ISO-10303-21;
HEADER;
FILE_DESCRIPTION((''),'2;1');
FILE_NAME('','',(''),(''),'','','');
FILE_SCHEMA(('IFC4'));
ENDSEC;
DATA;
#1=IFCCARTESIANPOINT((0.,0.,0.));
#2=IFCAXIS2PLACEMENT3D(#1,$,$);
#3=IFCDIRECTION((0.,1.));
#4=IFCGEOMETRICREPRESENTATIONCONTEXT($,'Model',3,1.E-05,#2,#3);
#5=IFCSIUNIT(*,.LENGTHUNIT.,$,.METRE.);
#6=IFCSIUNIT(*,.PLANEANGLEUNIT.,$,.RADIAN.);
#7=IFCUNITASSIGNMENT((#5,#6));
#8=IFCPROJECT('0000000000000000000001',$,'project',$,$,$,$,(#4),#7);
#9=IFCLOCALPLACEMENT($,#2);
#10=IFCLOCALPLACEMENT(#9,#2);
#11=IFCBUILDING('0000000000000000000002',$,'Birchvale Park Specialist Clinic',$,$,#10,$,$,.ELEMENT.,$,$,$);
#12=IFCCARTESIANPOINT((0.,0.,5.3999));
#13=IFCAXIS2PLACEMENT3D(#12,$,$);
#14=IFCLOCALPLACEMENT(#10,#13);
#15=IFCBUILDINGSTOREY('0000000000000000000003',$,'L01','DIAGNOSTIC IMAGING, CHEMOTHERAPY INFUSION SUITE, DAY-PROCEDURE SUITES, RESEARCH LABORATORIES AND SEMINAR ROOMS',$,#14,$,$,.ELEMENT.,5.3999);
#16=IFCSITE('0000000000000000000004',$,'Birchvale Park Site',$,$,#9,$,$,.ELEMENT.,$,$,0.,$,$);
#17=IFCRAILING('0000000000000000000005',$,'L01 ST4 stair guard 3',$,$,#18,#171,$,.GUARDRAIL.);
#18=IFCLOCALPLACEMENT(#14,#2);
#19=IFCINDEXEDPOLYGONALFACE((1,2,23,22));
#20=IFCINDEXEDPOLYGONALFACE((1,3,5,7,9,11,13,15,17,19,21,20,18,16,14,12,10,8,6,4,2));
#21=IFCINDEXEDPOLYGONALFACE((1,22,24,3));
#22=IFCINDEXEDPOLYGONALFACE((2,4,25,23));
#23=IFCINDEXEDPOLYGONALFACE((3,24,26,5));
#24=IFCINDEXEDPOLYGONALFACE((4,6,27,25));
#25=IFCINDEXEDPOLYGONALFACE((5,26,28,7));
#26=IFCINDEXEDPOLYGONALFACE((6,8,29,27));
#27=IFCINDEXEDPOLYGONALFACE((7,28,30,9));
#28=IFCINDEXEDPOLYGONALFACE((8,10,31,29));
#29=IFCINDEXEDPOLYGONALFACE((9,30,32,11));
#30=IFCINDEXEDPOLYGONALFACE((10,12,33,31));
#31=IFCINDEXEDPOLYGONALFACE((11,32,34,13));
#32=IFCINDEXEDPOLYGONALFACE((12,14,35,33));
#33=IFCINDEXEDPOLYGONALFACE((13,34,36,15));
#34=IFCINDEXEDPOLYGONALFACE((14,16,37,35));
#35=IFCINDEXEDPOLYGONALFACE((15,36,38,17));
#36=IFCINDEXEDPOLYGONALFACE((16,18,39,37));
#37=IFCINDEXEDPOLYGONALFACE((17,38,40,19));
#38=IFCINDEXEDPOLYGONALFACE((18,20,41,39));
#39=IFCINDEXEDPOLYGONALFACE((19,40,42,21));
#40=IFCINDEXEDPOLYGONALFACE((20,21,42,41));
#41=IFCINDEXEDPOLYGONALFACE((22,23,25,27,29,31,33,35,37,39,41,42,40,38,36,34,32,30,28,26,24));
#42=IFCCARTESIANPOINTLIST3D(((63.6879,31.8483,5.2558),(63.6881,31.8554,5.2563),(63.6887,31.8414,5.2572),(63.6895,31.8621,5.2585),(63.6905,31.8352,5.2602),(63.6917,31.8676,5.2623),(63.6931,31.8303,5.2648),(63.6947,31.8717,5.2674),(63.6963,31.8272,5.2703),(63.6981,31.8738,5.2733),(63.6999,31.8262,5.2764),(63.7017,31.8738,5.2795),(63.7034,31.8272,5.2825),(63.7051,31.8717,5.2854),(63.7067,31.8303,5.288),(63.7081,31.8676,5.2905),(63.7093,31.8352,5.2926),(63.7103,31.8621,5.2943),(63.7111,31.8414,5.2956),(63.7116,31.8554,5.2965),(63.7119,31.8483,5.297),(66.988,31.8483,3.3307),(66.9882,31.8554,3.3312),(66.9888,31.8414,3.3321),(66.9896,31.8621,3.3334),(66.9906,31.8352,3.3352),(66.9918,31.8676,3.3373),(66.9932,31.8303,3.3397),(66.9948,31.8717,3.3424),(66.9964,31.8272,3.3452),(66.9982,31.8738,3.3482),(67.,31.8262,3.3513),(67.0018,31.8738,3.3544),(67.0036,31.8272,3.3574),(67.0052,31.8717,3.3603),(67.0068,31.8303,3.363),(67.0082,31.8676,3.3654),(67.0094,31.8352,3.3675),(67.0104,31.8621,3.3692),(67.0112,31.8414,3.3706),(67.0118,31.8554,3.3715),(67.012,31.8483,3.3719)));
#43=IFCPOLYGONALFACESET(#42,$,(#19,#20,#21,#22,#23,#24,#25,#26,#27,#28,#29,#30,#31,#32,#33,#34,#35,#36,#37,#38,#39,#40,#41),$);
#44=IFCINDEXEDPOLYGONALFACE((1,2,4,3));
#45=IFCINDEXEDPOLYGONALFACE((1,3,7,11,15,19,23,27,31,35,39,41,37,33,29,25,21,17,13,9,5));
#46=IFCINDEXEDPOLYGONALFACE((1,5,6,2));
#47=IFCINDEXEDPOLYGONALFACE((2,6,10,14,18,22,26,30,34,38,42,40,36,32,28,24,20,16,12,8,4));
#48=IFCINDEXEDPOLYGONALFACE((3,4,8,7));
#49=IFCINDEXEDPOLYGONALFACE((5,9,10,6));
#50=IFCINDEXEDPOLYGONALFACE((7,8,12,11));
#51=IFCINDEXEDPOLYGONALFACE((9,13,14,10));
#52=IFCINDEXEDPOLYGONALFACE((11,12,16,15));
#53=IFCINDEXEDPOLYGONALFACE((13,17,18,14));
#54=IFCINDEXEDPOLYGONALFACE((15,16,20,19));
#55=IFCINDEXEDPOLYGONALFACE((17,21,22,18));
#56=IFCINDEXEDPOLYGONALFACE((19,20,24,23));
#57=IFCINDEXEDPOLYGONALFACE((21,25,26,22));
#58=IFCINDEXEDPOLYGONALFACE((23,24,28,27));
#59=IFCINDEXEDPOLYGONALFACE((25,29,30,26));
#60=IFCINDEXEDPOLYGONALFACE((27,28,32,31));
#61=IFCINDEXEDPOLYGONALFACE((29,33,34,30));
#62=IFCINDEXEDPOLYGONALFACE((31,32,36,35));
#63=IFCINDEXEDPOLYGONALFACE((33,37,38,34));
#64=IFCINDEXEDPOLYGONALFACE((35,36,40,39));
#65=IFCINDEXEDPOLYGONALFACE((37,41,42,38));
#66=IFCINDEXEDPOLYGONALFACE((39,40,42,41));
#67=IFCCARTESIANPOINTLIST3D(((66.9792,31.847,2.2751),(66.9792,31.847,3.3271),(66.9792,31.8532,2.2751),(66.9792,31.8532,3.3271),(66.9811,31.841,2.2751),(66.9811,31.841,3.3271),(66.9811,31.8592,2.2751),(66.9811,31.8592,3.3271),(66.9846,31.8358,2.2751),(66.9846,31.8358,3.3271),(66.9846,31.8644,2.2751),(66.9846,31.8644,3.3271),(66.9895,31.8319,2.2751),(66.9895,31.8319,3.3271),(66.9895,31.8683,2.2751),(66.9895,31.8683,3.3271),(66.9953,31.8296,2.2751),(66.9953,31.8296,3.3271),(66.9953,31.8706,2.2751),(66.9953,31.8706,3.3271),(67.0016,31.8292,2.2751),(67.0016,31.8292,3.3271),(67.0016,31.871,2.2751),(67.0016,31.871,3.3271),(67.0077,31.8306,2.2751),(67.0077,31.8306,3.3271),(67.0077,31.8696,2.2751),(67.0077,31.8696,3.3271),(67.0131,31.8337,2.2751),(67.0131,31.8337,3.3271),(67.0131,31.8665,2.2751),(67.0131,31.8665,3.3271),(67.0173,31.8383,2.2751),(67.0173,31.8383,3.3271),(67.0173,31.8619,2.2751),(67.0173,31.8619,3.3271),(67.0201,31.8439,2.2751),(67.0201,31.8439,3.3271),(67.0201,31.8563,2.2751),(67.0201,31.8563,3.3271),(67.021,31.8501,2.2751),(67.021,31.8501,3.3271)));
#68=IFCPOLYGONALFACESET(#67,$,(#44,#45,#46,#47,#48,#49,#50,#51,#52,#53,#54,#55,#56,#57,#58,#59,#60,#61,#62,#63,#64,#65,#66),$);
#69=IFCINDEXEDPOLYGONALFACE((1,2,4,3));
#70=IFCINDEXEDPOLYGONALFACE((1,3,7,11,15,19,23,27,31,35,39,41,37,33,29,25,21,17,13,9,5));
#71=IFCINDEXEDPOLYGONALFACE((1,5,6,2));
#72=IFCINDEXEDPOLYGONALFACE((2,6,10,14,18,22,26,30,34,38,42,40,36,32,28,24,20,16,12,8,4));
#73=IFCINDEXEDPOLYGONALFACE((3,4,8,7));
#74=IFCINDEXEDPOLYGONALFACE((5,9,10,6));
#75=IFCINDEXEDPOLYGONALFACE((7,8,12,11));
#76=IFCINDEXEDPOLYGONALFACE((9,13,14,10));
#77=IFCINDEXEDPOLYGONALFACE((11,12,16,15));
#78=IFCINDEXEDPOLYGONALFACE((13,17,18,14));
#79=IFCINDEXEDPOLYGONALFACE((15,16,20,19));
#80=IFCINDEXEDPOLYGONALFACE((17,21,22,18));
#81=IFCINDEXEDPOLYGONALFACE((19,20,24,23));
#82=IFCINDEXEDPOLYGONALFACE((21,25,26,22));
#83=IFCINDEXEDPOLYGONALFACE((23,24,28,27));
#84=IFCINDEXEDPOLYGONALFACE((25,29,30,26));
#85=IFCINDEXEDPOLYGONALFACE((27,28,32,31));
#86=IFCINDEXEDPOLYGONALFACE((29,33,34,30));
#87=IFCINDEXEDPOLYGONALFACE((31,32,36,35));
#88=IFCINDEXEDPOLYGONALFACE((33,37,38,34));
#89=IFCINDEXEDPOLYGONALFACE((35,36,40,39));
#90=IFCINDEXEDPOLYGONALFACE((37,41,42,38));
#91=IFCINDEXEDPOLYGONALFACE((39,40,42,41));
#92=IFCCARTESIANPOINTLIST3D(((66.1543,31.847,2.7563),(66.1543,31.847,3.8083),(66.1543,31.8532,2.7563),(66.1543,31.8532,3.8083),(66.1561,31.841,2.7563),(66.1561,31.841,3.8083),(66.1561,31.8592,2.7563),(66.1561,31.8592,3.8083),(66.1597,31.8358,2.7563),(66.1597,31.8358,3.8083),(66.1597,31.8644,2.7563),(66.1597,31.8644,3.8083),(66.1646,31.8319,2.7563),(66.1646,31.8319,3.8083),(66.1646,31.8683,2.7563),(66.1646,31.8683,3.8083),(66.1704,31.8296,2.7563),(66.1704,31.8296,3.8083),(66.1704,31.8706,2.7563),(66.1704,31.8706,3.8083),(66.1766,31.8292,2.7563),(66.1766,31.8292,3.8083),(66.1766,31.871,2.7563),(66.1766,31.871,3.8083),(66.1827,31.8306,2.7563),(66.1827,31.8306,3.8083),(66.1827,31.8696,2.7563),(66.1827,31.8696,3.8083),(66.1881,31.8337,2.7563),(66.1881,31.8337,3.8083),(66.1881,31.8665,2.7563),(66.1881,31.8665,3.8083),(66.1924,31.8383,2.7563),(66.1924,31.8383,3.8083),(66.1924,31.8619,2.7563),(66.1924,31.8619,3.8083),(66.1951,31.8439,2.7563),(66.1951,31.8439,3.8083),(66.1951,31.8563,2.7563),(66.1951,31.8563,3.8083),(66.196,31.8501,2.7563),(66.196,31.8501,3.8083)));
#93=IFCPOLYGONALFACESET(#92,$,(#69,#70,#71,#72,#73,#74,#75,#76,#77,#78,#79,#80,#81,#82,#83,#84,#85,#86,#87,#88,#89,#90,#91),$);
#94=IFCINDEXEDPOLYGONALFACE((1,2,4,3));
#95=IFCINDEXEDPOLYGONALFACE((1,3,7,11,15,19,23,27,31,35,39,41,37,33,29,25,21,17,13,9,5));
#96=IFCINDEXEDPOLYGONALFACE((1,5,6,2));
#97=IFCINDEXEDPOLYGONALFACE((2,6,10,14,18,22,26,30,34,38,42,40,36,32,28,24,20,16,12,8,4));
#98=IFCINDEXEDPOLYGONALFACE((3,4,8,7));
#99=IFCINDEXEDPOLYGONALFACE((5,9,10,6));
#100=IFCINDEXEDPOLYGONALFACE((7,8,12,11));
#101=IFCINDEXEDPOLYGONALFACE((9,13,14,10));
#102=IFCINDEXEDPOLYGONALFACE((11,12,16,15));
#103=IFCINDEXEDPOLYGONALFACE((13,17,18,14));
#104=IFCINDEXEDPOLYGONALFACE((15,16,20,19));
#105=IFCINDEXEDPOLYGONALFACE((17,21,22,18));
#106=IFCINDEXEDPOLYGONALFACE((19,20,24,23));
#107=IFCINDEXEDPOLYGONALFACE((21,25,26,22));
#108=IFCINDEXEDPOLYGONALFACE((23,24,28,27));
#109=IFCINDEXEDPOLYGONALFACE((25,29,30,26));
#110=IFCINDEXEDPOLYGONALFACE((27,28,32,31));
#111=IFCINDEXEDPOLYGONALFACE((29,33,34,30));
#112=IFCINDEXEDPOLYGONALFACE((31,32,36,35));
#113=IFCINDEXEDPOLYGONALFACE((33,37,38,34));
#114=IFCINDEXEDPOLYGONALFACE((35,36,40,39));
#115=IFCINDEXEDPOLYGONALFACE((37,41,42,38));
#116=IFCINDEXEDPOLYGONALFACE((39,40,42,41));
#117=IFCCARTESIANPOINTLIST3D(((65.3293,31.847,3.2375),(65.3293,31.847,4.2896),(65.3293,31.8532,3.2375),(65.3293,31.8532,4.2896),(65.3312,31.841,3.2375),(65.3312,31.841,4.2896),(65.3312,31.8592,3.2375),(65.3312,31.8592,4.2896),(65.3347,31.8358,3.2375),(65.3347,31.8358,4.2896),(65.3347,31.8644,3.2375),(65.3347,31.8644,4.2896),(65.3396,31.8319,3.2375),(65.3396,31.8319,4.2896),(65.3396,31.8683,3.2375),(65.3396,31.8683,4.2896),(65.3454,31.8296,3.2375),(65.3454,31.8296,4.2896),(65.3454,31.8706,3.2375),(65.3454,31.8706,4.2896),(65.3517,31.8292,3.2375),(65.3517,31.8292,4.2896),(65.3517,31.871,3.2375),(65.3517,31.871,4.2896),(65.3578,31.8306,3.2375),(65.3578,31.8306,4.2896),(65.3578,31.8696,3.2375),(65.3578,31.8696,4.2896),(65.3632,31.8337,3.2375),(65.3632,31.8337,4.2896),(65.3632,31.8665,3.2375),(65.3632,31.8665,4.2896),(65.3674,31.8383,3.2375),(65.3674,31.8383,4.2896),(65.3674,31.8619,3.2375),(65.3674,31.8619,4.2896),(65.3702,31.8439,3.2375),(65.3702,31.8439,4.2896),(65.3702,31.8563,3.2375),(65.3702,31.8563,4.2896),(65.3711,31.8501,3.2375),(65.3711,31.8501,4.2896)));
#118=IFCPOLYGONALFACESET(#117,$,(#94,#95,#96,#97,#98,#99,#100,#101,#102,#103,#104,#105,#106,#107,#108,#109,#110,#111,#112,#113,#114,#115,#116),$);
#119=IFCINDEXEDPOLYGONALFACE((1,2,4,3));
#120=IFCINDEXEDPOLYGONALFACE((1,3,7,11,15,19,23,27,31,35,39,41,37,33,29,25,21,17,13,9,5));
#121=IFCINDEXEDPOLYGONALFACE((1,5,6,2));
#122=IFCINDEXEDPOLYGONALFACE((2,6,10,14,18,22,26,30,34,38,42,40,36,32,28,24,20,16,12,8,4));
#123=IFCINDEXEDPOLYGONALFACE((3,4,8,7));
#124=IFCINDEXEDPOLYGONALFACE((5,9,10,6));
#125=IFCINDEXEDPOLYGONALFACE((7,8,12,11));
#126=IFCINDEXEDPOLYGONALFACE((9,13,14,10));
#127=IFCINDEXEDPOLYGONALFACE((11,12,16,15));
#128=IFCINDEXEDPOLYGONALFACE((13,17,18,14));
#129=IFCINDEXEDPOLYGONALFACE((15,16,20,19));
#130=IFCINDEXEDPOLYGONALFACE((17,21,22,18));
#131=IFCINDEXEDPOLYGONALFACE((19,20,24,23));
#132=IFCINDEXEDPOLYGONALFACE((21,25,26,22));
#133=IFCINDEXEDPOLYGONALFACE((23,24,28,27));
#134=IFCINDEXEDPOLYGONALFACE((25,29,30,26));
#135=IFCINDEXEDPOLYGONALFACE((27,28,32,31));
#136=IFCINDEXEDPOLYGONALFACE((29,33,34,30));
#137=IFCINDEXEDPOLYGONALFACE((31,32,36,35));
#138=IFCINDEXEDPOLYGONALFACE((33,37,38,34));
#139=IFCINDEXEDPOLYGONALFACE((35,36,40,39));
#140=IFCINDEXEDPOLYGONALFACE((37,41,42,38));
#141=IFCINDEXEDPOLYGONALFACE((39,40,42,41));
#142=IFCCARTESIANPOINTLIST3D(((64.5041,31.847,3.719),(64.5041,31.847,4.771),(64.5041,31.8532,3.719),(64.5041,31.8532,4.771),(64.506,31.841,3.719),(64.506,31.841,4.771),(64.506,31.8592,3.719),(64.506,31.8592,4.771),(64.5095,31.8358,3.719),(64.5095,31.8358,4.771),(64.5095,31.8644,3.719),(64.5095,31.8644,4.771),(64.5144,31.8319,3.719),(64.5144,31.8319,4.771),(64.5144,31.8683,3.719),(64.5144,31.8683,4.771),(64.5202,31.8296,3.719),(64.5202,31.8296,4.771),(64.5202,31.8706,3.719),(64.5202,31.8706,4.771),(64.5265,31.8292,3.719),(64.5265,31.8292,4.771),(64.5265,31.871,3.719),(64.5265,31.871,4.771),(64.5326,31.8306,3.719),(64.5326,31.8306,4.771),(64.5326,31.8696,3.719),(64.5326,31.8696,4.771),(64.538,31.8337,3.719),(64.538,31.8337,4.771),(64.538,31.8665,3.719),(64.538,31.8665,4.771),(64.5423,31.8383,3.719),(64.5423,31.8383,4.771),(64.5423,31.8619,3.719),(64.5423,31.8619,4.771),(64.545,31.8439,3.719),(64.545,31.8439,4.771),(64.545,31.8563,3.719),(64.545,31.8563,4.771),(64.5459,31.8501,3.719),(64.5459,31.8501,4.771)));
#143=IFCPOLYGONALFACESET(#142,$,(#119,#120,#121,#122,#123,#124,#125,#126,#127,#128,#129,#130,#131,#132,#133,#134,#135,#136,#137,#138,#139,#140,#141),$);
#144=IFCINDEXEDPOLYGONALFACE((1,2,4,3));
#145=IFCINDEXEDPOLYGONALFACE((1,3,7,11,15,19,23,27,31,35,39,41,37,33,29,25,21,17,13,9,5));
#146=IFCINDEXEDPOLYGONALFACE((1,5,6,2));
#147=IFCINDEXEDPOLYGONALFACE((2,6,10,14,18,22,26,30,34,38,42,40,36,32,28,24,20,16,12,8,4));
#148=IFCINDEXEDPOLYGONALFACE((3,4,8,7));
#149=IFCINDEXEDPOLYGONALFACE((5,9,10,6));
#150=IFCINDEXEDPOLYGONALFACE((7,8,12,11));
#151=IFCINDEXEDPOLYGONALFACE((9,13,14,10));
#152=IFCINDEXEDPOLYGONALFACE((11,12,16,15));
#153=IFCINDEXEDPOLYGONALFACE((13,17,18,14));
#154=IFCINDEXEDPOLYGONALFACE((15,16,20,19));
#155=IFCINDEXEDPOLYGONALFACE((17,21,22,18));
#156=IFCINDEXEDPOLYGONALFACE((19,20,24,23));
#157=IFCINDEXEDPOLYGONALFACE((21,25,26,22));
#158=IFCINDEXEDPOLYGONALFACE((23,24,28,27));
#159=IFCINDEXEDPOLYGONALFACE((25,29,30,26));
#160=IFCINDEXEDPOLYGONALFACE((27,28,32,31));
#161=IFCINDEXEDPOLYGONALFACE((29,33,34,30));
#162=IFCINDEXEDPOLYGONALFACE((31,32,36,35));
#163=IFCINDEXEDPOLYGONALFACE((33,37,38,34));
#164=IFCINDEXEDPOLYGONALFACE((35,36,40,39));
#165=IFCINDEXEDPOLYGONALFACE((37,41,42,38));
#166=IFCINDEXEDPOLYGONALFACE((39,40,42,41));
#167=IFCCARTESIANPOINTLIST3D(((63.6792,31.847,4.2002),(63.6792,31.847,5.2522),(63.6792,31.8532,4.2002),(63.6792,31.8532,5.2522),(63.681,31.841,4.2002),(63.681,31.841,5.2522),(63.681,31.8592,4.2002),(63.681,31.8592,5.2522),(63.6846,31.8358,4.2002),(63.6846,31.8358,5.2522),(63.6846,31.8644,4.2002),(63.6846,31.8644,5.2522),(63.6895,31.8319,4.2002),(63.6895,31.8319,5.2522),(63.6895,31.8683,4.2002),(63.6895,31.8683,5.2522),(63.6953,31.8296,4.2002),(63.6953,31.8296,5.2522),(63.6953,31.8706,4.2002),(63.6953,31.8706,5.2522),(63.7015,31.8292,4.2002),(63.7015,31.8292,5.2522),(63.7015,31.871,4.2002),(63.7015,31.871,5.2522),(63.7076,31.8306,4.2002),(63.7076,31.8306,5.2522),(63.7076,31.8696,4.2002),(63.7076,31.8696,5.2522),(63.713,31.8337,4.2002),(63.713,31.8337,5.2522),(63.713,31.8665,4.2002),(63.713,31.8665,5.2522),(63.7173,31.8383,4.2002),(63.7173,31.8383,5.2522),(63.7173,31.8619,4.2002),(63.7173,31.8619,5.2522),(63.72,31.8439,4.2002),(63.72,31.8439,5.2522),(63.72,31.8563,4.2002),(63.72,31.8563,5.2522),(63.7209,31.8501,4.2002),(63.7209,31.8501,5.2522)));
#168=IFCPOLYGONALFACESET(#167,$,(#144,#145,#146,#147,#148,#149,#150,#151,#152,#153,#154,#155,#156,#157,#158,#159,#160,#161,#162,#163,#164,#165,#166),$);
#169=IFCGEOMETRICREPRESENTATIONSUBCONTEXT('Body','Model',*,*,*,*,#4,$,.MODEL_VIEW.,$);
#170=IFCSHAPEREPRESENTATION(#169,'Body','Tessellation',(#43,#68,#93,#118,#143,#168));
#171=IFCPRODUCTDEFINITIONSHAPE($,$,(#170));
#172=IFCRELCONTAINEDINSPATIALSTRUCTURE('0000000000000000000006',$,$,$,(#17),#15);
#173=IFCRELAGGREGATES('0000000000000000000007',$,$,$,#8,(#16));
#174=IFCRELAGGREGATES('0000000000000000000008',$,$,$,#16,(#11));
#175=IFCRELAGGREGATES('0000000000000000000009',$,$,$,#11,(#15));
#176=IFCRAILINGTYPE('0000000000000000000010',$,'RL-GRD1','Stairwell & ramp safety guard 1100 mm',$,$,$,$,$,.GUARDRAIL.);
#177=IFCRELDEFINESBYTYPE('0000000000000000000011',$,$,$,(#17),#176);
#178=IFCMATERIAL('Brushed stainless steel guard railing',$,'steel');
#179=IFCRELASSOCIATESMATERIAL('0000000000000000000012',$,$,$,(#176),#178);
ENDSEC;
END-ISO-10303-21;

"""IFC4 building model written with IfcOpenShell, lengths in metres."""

from ifc_helpers import new_model, si_unit, direction, frame, origin, origin_2d, place, context, subcontext, project, spatial, circle, extrude, material, type_object, element, save


model = new_model("IFC4")

# Units and contexts
model_context = context("Model", 3, precision=1e-05, world=origin(), true_north=direction((0.0, 1.0)))
body_context = subcontext(model_context, "Body", "Model", "MODEL_VIEW")
ifc_project = project(units=[si_unit("LENGTHUNIT", "METRE"), si_unit("PLANEANGLEUNIT", "RADIAN")], contexts=[model_context])

# Site, building, storey
site_placement = place(None, origin())
site = spatial("IfcSite", under=ifc_project, at=site_placement, Name="Birchvale Park Site", CompositionType="ELEMENT", RefElevation=0.0)
building_placement = place(site_placement, origin())
building = spatial("IfcBuilding", under=site, at=building_placement, Name="Birchvale Park Specialist Clinic", CompositionType="ELEMENT")
storey_placement = place(building_placement, frame((0.0, 0.0, 5.3999)))
storey = spatial("IfcBuildingStorey", under=building, at=storey_placement, Name="L01", Description="DIAGNOSTIC IMAGING, CHEMOTHERAPY INFUSION SUITE, DAY-PROCEDURE SUITES, RESEARCH LABORATORIES AND SEMINAR ROOMS", CompositionType="ELEMENT", Elevation=5.3999)

# Railing
ifc_material_1 = material(Name="Brushed stainless steel guard railing", Category="steel")
railing_type_1 = type_object("IfcRailingType", Name="RL-GRD1", Description="Stairwell & ramp safety guard 1100 mm", PredefinedType="GUARDRAIL", material=ifc_material_1)
railing_1_placement = place(storey_placement, frame((67.0, 31.8501, 2.2751)))
element("IfcRailing", 1, at=railing_1_placement, inside=storey, type_object=railing_type_1, Name="L01 ST4 stair guard 3", PredefinedType="GUARDRAIL", context=body_context, shape_type="SweptSolid", body=[
    extrude(circle(Radius=0.0239, at=origin_2d()), frame((0.0, 0.0, 1.0762), z_axis=(-0.863777, 0.0, 0.503875), x_axis=(0.0, -1.0, 0.0)), (0.0, 0.0, 1.0), 3.8206),
    extrude(circle(Radius=0.021, at=origin_2d()), origin(), (0.0, 0.0, 1.0), 1.052),
    extrude(circle(Radius=0.021, at=origin_2d()), frame((-0.825, 0.0, 0.4812)), (0.0, 0.0, 1.0), 1.052),
    extrude(circle(Radius=0.021, at=origin_2d()), frame((-1.6499, 0.0, 0.9624)), (0.0, 0.0, 1.0), 1.052),
    extrude(circle(Radius=0.021, at=origin_2d()), frame((-2.4751, 0.0, 1.4438)), (0.0, 0.0, 1.0), 1.052),
    extrude(circle(Radius=0.021, at=origin_2d()), frame((-3.3, 0.0, 1.925)), (0.0, 0.0, 1.0), 1.052),
])

save(model, "model.ifc")
